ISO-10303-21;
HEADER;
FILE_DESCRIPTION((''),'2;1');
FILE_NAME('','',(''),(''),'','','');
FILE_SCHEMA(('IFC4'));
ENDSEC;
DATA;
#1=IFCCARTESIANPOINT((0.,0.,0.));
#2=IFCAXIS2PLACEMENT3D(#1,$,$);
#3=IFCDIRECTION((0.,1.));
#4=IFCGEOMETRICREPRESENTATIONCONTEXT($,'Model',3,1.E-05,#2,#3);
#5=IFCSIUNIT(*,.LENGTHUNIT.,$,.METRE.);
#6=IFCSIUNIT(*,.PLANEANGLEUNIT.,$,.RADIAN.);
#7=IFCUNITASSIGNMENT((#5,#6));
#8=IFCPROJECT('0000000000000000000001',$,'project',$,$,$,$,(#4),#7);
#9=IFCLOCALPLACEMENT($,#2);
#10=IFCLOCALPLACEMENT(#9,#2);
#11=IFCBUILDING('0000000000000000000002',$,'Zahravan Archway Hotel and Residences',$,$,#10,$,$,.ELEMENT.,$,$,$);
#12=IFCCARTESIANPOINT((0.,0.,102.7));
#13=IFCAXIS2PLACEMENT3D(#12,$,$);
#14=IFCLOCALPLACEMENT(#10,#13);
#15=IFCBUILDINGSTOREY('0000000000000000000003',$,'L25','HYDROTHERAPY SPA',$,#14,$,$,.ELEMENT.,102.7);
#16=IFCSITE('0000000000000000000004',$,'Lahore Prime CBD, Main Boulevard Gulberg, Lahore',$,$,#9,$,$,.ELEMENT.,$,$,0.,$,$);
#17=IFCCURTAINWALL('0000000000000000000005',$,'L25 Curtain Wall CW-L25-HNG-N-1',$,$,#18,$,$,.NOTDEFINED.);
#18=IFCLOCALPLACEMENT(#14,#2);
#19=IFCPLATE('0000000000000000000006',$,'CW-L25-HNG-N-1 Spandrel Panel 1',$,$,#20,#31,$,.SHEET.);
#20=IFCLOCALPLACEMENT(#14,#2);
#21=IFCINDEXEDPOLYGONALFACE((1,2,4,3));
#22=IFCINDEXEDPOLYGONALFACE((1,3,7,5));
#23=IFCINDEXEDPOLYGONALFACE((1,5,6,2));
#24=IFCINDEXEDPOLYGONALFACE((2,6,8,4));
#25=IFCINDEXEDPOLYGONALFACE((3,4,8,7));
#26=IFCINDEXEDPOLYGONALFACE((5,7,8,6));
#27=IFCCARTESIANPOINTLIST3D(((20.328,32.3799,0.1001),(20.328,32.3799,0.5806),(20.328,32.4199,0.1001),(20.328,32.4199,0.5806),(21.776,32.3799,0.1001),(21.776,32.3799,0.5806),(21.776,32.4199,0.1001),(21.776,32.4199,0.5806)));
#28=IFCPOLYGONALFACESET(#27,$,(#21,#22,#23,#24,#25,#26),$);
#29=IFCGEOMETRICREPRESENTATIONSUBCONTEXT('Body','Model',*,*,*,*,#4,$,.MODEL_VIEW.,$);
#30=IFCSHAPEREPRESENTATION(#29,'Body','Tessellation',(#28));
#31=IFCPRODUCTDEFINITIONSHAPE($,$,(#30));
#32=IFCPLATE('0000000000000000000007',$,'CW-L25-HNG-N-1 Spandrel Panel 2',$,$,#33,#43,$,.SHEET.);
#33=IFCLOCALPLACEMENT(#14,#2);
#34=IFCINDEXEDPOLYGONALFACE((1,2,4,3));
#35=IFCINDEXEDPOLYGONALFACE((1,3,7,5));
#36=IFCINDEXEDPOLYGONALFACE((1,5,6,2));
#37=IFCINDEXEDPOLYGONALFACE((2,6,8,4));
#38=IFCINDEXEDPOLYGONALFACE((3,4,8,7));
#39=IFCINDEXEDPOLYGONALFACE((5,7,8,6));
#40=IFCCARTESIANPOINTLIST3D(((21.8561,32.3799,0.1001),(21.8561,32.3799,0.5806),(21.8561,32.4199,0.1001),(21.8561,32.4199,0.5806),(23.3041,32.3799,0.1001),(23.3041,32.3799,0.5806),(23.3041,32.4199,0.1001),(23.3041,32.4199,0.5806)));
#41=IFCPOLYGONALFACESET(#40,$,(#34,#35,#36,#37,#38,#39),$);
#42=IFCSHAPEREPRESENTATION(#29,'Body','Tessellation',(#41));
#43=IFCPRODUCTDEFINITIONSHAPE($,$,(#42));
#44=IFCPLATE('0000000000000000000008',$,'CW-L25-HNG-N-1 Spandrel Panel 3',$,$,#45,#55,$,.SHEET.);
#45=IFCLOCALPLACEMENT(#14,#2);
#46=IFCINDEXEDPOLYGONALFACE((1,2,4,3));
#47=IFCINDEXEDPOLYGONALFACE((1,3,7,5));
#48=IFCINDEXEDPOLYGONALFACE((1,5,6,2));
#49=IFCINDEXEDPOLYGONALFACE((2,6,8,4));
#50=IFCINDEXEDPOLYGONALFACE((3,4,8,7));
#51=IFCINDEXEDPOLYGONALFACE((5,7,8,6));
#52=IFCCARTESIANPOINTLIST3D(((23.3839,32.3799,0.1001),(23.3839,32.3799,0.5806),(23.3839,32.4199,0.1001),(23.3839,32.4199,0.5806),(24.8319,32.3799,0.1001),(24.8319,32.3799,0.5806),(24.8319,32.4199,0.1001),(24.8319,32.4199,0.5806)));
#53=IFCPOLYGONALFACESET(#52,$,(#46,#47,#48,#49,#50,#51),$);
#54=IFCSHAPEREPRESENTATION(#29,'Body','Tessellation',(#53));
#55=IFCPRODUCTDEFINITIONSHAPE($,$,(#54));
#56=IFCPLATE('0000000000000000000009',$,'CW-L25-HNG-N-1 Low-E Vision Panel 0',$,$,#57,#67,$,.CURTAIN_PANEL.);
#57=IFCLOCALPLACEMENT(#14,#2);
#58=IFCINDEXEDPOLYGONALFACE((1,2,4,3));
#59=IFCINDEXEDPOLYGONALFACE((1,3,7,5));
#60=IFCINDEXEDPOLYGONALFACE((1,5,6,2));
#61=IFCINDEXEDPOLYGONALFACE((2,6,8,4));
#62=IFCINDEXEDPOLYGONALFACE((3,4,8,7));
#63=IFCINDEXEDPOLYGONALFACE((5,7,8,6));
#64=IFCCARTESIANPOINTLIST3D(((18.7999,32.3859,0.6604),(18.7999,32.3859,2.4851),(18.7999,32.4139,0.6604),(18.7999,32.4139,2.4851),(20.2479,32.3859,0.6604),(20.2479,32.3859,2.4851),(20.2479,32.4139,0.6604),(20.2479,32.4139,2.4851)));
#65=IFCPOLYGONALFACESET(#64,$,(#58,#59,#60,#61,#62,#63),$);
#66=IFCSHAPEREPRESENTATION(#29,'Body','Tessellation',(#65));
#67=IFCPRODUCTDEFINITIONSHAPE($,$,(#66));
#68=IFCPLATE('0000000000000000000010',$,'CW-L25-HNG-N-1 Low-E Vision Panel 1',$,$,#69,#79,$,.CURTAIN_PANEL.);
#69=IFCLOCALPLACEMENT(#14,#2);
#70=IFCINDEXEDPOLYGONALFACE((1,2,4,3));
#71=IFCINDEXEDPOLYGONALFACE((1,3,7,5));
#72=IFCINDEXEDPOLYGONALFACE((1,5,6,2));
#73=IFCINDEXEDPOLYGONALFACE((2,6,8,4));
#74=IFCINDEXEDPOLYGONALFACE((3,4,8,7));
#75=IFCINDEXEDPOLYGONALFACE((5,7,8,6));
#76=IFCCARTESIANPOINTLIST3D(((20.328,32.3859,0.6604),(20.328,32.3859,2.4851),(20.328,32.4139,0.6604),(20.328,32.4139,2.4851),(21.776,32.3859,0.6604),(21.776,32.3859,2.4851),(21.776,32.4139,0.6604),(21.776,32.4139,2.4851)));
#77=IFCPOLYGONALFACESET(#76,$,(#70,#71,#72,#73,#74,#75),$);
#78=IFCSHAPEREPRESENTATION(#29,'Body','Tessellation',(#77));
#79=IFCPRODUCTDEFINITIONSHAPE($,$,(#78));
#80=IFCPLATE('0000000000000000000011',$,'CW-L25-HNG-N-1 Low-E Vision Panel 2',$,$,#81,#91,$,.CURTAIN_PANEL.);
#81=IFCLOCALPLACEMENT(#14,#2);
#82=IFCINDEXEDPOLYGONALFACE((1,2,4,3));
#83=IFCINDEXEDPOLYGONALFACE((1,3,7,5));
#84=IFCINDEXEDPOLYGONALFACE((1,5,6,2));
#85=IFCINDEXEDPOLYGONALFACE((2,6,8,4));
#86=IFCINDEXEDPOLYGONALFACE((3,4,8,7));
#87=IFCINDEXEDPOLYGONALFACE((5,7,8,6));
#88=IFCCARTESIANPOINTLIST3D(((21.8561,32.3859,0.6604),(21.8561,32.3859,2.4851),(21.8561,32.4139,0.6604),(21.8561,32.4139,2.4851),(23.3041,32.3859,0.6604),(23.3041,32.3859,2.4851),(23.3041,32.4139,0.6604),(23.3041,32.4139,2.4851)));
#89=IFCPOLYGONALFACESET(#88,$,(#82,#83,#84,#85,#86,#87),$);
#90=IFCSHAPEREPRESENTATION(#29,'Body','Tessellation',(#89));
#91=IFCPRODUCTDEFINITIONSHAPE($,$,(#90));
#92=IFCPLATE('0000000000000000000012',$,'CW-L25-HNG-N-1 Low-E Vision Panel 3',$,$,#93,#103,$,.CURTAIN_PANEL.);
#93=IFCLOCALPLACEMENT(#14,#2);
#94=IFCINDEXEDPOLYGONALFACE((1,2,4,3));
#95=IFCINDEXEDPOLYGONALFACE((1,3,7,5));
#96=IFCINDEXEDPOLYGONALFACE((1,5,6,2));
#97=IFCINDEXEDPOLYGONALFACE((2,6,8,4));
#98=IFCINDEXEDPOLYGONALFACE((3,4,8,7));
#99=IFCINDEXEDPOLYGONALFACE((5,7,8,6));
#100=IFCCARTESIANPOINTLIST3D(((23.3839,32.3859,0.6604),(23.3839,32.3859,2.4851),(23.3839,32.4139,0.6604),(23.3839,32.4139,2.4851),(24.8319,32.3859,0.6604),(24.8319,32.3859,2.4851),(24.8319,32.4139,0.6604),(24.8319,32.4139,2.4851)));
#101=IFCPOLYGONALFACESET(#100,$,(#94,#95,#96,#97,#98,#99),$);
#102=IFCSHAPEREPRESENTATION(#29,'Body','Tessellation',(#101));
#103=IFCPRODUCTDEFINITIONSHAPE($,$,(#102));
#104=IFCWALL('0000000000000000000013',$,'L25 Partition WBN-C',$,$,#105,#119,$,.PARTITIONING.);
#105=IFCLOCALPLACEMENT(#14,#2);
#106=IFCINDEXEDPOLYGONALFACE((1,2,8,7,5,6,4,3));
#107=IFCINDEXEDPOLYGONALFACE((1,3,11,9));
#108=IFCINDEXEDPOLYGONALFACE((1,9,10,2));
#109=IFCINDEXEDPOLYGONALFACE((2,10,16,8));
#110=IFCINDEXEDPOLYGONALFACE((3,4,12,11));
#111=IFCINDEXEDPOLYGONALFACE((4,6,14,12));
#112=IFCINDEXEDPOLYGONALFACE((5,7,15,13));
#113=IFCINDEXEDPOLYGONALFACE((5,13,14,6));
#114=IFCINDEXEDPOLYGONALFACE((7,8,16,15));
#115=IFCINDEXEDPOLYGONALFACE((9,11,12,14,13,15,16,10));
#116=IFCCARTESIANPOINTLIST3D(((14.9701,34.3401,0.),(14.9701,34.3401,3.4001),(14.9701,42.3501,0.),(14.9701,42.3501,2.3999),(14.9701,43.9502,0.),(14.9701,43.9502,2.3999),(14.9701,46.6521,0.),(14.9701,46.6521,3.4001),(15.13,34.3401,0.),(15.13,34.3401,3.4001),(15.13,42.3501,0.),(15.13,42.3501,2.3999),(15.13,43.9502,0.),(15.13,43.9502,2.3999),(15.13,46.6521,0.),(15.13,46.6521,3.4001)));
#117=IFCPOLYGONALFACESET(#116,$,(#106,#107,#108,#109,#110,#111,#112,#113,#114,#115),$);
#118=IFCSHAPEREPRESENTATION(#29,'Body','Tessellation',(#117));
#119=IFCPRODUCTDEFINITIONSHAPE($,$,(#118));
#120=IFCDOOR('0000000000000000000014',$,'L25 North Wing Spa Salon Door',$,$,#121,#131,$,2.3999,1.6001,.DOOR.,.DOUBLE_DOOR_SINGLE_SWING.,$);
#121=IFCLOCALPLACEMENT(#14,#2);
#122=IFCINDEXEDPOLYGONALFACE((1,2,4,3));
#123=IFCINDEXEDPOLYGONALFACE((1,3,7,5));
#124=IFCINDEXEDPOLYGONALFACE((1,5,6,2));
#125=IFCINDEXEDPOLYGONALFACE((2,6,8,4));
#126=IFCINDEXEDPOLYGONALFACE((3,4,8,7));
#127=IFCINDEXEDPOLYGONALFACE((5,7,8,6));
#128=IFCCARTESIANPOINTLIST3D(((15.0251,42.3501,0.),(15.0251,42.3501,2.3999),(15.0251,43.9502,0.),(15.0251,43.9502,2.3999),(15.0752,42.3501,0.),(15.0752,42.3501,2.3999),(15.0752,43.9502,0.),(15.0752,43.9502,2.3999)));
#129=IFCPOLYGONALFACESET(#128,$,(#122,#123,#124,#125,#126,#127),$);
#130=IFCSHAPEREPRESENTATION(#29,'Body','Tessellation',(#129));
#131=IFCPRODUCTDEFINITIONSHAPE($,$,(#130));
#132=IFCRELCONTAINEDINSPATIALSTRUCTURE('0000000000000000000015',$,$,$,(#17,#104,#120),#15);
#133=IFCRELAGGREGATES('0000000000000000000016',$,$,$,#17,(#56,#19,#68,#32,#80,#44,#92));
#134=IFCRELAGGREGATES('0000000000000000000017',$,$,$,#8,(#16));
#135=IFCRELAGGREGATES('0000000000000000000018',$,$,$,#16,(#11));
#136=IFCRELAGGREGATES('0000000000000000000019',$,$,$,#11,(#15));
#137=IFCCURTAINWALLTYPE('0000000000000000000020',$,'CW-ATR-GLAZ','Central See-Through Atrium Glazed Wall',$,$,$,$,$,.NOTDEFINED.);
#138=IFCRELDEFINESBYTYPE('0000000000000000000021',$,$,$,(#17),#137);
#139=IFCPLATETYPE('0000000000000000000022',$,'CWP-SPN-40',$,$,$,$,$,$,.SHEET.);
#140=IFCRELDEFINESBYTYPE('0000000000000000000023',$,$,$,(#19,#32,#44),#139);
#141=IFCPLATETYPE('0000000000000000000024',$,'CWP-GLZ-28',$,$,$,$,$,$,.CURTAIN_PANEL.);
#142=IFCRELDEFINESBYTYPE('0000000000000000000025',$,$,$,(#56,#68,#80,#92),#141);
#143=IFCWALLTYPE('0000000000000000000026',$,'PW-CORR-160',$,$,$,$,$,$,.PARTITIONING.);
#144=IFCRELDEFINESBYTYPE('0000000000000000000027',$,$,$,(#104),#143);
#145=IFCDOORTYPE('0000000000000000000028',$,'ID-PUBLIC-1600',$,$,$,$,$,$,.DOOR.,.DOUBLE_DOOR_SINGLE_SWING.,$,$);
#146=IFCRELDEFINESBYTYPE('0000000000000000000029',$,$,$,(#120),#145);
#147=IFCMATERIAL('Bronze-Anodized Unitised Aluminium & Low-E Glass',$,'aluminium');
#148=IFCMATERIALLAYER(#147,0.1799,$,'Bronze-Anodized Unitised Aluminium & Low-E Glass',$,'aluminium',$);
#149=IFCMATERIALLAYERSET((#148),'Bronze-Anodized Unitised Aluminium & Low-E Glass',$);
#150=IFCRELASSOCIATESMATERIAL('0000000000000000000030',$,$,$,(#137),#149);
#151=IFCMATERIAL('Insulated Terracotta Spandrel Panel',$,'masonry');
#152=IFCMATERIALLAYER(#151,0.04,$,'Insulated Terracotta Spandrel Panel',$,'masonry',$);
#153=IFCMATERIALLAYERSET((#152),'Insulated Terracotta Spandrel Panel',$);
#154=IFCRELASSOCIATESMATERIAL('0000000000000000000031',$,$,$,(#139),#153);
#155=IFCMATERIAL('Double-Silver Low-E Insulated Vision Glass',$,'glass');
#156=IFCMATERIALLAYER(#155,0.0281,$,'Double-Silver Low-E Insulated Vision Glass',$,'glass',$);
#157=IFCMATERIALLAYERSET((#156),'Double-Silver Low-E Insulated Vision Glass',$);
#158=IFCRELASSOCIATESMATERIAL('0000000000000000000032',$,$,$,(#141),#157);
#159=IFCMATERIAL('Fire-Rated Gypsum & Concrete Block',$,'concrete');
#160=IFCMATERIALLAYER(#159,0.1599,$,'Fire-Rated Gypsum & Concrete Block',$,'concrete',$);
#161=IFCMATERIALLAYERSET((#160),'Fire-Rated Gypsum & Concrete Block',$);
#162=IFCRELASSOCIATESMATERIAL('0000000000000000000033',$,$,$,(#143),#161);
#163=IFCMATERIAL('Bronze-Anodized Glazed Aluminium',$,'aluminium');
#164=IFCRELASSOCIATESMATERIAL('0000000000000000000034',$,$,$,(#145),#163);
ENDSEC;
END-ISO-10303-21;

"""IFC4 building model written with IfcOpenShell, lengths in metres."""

from ifc_helpers import new_model, si_unit, direction, frame, frame_2d, origin, origin_2d, place, context, subcontext, project, spatial, rectangle, extrude, source, transform, mapped, material, layer, layer_set, type_object, type_shapes, element, fill, aggregate, save


model = new_model("IFC4")

# Units and contexts
model_context = context("Model", 3, precision=1e-05, world=origin(), true_north=direction((0.0, 1.0)))
body_context = subcontext(model_context, "Body", "Model", "MODEL_VIEW")
ifc_project = project(units=[si_unit("LENGTHUNIT", "METRE"), si_unit("PLANEANGLEUNIT", "RADIAN")], contexts=[model_context])

# Site, building, storey
site_placement = place(None, origin())
site = spatial("IfcSite", under=ifc_project, at=site_placement, Name="Lahore Prime CBD, Main Boulevard Gulberg, Lahore", CompositionType="ELEMENT", RefElevation=0.0)
building_placement = place(site_placement, origin())
building = spatial("IfcBuilding", under=site, at=building_placement, Name="Zahravan Archway Hotel and Residences", CompositionType="ELEMENT")
storey_placement = place(building_placement, frame((0.0, 0.0, 102.7)))
storey = spatial("IfcBuildingStorey", under=building, at=storey_placement, Name="L25", Description="HYDROTHERAPY SPA", CompositionType="ELEMENT", Elevation=102.7)

# Curtain wall, plates
ifc_material_1 = material(Name="Bronze-Anodized Unitised Aluminium & Low-E Glass", Category="aluminium")
ifc_layer_1 = layer(ifc_material_1, 0.1799, Name="Bronze-Anodized Unitised Aluminium & Low-E Glass", Category="aluminium")
ifc_layer_set_1 = layer_set([ifc_layer_1], Name="Bronze-Anodized Unitised Aluminium & Low-E Glass")
curtain_wall_type = type_object("IfcCurtainWallType", Name="CW-ATR-GLAZ", Description="Central See-Through Atrium Glazed Wall", PredefinedType="NOTDEFINED", material=ifc_layer_set_1)
curtain_wall_placement = place(storey_placement, origin())
curtain_wall = element("IfcCurtainWall", 1, at=curtain_wall_placement, inside=storey, type_object=curtain_wall_type, Name="L25 Curtain Wall CW-L25-HNG-N-1", PredefinedType="NOTDEFINED")
ifc_material_2 = material(Name="Insulated Terracotta Spandrel Panel", Category="masonry")
ifc_layer_2 = layer(ifc_material_2, 0.04, Name="Insulated Terracotta Spandrel Panel", Category="masonry")
ifc_layer_set_2 = layer_set([ifc_layer_2], Name="Insulated Terracotta Spandrel Panel")
plate_type_1 = type_object("IfcPlateType", Name="CWP-SPN-40", PredefinedType="SHEET", material=ifc_layer_set_2)
shared_shape_1 = source(origin(), body_context, "Body", "SweptSolid", [
    extrude(rectangle(XDim=1.448, YDim=0.04, at=origin_2d()), origin(), (0.0, 0.0, 1.0), 0.4805),
])
plate_1_placement = place(storey_placement, frame((21.052, 32.3999, 0.1001), z_axis=(0.0, 0.0, 1.0), x_axis=(1.0, 0.0, 0.0)))
plate_1 = element("IfcPlate", 2, at=plate_1_placement, type_object=plate_type_1, Name="CW-L25-HNG-N-1 Spandrel Panel 1", PredefinedType="SHEET", context=body_context, shape_type="MappedRepresentation", body=[
    mapped(shared_shape_1, transform((0.0, 0.0, 0.0), scale=1.0)),
])
plate_2_placement = place(storey_placement, frame((22.5801, 32.3999, 0.1001), z_axis=(0.0, 0.0, 1.0), x_axis=(1.0, 0.0, 0.0)))
plate_2 = element("IfcPlate", 3, at=plate_2_placement, type_object=plate_type_1, Name="CW-L25-HNG-N-1 Spandrel Panel 2", PredefinedType="SHEET", context=body_context, shape_type="MappedRepresentation", body=[
    mapped(shared_shape_1, transform((0.0, 0.0, 0.0), scale=1.0)),
])
plate_3_placement = place(storey_placement, frame((24.1079, 32.3999, 0.1001), z_axis=(0.0, 0.0, 1.0), x_axis=(1.0, 0.0, 0.0)))
plate_3 = element("IfcPlate", 4, at=plate_3_placement, type_object=plate_type_1, Name="CW-L25-HNG-N-1 Spandrel Panel 3", PredefinedType="SHEET", context=body_context, shape_type="MappedRepresentation", body=[
    mapped(shared_shape_1, transform((0.0, 0.0, 0.0), scale=1.0)),
])
ifc_material_3 = material(Name="Double-Silver Low-E Insulated Vision Glass", Category="glass")
ifc_layer_3 = layer(ifc_material_3, 0.0281, Name="Double-Silver Low-E Insulated Vision Glass", Category="glass")
ifc_layer_set_3 = layer_set([ifc_layer_3], Name="Double-Silver Low-E Insulated Vision Glass")
plate_type_2 = type_object("IfcPlateType", Name="CWP-GLZ-28", PredefinedType="CURTAIN_PANEL", material=ifc_layer_set_3)
shared_shape_2 = source(origin(), body_context, "Body", "SweptSolid", [
    extrude(rectangle(XDim=1.448, YDim=0.0281, at=origin_2d()), origin(), (0.0, 0.0, 1.0), 1.8247),
])
plate_4_placement = place(storey_placement, frame((19.5239, 32.3999, 0.6604), z_axis=(0.0, 0.0, 1.0), x_axis=(1.0, 0.0, 0.0)))
plate_4 = element("IfcPlate", 5, at=plate_4_placement, type_object=plate_type_2, Name="CW-L25-HNG-N-1 Low-E Vision Panel 0", PredefinedType="CURTAIN_PANEL", context=body_context, shape_type="MappedRepresentation", body=[
    mapped(shared_shape_2, transform((0.0, 0.0, 0.0), scale=1.0)),
])
plate_5_placement = place(storey_placement, frame((21.052, 32.3999, 0.6604), z_axis=(0.0, 0.0, 1.0), x_axis=(1.0, 0.0, 0.0)))
plate_5 = element("IfcPlate", 6, at=plate_5_placement, type_object=plate_type_2, Name="CW-L25-HNG-N-1 Low-E Vision Panel 1", PredefinedType="CURTAIN_PANEL", context=body_context, shape_type="MappedRepresentation", body=[
    mapped(shared_shape_2, transform((0.0, 0.0, 0.0), scale=1.0)),
])
plate_6_placement = place(storey_placement, frame((22.5801, 32.3999, 0.6604), z_axis=(0.0, 0.0, 1.0), x_axis=(1.0, 0.0, 0.0)))
plate_6 = element("IfcPlate", 7, at=plate_6_placement, type_object=plate_type_2, Name="CW-L25-HNG-N-1 Low-E Vision Panel 2", PredefinedType="CURTAIN_PANEL", context=body_context, shape_type="MappedRepresentation", body=[
    mapped(shared_shape_2, transform((0.0, 0.0, 0.0), scale=1.0)),
])
plate_7_placement = place(storey_placement, frame((24.1079, 32.3999, 0.6604), z_axis=(0.0, 0.0, 1.0), x_axis=(1.0, 0.0, 0.0)))
plate_7 = element("IfcPlate", 8, at=plate_7_placement, type_object=plate_type_2, Name="CW-L25-HNG-N-1 Low-E Vision Panel 3", PredefinedType="CURTAIN_PANEL", context=body_context, shape_type="MappedRepresentation", body=[
    mapped(shared_shape_2, transform((0.0, 0.0, 0.0), scale=1.0)),
])
aggregate(curtain_wall, [plate_4, plate_1, plate_5, plate_2, plate_6, plate_3, plate_7])

# Wall, opening, door
ifc_material_4 = material(Name="Fire-Rated Gypsum & Concrete Block", Category="concrete")
ifc_layer_4 = layer(ifc_material_4, 0.1599, Name="Fire-Rated Gypsum & Concrete Block", Category="concrete")
ifc_layer_set_4 = layer_set([ifc_layer_4], Name="Fire-Rated Gypsum & Concrete Block")
wall_type = type_object("IfcWallType", Name="PW-CORR-160", PredefinedType="PARTITIONING", material=ifc_layer_set_4)
wall_placement = place(storey_placement, frame((15.05, 34.3401, 0.0), z_axis=(0.0, 0.0, 1.0), x_axis=(0.0, 1.0, 0.0)))
wall = element("IfcWall", 9, at=wall_placement, inside=storey, type_object=wall_type, Name="L25 Partition WBN-C", PredefinedType="PARTITIONING", context=body_context, shape_type="SweptSolid", body=[
    extrude(rectangle(XDim=12.312, YDim=0.1599, at=frame_2d((6.156, 0.0))), origin(), (0.0, 0.0, 1.0), 3.4001),
])
opening_placement = place(wall_placement, frame((8.01, 0.0, 0.0)))
opening = element("IfcOpeningElement", 10, at=opening_placement, cuts=wall, PredefinedType="OPENING", context=body_context, shape_type="SweptSolid", body=[
    extrude(rectangle(XDim=1.6001, YDim=2.3999, at=frame_2d((0.8, 1.2))), frame((0.0, 0.0898, 0.0), z_axis=(0.0, -1.0, 0.0), x_axis=(1.0, 0.0, 0.0)), (0.0, 0.0, 1.0), 0.1799),
])
ifc_material_5 = material(Name="Bronze-Anodized Glazed Aluminium", Category="aluminium")
door_type = type_object("IfcDoorType", Name="ID-PUBLIC-1600", OperationType="DOUBLE_DOOR_SINGLE_SWING", PredefinedType="DOOR", material=ifc_material_5)
shared_shape_3 = source(origin(), body_context, "Body", "SweptSolid", [
    extrude(rectangle(XDim=1.6001, YDim=2.3999, at=frame_2d((0.8, 1.2))), frame((0.0, 0.0249, 0.0), z_axis=(0.0, -1.0, 0.0), x_axis=(1.0, 0.0, 0.0)), (0.0, 0.0, 1.0), 0.05),
])
type_shapes(door_type, [shared_shape_3])
door_placement = place(opening_placement, origin())
door = element("IfcDoor", 11, at=door_placement, inside=storey, type_object=door_type, Name="L25 North Wing Spa Salon Door", OperationType="DOUBLE_DOOR_SINGLE_SWING", OverallHeight=2.3999, OverallWidth=1.6001, PredefinedType="DOOR", context=body_context, shape_type="MappedRepresentation", body=[
    mapped(shared_shape_3, transform((0.0, 0.0, 0.0), scale=1.0)),
])
fill(opening, door)

save(model, "model.ifc")
